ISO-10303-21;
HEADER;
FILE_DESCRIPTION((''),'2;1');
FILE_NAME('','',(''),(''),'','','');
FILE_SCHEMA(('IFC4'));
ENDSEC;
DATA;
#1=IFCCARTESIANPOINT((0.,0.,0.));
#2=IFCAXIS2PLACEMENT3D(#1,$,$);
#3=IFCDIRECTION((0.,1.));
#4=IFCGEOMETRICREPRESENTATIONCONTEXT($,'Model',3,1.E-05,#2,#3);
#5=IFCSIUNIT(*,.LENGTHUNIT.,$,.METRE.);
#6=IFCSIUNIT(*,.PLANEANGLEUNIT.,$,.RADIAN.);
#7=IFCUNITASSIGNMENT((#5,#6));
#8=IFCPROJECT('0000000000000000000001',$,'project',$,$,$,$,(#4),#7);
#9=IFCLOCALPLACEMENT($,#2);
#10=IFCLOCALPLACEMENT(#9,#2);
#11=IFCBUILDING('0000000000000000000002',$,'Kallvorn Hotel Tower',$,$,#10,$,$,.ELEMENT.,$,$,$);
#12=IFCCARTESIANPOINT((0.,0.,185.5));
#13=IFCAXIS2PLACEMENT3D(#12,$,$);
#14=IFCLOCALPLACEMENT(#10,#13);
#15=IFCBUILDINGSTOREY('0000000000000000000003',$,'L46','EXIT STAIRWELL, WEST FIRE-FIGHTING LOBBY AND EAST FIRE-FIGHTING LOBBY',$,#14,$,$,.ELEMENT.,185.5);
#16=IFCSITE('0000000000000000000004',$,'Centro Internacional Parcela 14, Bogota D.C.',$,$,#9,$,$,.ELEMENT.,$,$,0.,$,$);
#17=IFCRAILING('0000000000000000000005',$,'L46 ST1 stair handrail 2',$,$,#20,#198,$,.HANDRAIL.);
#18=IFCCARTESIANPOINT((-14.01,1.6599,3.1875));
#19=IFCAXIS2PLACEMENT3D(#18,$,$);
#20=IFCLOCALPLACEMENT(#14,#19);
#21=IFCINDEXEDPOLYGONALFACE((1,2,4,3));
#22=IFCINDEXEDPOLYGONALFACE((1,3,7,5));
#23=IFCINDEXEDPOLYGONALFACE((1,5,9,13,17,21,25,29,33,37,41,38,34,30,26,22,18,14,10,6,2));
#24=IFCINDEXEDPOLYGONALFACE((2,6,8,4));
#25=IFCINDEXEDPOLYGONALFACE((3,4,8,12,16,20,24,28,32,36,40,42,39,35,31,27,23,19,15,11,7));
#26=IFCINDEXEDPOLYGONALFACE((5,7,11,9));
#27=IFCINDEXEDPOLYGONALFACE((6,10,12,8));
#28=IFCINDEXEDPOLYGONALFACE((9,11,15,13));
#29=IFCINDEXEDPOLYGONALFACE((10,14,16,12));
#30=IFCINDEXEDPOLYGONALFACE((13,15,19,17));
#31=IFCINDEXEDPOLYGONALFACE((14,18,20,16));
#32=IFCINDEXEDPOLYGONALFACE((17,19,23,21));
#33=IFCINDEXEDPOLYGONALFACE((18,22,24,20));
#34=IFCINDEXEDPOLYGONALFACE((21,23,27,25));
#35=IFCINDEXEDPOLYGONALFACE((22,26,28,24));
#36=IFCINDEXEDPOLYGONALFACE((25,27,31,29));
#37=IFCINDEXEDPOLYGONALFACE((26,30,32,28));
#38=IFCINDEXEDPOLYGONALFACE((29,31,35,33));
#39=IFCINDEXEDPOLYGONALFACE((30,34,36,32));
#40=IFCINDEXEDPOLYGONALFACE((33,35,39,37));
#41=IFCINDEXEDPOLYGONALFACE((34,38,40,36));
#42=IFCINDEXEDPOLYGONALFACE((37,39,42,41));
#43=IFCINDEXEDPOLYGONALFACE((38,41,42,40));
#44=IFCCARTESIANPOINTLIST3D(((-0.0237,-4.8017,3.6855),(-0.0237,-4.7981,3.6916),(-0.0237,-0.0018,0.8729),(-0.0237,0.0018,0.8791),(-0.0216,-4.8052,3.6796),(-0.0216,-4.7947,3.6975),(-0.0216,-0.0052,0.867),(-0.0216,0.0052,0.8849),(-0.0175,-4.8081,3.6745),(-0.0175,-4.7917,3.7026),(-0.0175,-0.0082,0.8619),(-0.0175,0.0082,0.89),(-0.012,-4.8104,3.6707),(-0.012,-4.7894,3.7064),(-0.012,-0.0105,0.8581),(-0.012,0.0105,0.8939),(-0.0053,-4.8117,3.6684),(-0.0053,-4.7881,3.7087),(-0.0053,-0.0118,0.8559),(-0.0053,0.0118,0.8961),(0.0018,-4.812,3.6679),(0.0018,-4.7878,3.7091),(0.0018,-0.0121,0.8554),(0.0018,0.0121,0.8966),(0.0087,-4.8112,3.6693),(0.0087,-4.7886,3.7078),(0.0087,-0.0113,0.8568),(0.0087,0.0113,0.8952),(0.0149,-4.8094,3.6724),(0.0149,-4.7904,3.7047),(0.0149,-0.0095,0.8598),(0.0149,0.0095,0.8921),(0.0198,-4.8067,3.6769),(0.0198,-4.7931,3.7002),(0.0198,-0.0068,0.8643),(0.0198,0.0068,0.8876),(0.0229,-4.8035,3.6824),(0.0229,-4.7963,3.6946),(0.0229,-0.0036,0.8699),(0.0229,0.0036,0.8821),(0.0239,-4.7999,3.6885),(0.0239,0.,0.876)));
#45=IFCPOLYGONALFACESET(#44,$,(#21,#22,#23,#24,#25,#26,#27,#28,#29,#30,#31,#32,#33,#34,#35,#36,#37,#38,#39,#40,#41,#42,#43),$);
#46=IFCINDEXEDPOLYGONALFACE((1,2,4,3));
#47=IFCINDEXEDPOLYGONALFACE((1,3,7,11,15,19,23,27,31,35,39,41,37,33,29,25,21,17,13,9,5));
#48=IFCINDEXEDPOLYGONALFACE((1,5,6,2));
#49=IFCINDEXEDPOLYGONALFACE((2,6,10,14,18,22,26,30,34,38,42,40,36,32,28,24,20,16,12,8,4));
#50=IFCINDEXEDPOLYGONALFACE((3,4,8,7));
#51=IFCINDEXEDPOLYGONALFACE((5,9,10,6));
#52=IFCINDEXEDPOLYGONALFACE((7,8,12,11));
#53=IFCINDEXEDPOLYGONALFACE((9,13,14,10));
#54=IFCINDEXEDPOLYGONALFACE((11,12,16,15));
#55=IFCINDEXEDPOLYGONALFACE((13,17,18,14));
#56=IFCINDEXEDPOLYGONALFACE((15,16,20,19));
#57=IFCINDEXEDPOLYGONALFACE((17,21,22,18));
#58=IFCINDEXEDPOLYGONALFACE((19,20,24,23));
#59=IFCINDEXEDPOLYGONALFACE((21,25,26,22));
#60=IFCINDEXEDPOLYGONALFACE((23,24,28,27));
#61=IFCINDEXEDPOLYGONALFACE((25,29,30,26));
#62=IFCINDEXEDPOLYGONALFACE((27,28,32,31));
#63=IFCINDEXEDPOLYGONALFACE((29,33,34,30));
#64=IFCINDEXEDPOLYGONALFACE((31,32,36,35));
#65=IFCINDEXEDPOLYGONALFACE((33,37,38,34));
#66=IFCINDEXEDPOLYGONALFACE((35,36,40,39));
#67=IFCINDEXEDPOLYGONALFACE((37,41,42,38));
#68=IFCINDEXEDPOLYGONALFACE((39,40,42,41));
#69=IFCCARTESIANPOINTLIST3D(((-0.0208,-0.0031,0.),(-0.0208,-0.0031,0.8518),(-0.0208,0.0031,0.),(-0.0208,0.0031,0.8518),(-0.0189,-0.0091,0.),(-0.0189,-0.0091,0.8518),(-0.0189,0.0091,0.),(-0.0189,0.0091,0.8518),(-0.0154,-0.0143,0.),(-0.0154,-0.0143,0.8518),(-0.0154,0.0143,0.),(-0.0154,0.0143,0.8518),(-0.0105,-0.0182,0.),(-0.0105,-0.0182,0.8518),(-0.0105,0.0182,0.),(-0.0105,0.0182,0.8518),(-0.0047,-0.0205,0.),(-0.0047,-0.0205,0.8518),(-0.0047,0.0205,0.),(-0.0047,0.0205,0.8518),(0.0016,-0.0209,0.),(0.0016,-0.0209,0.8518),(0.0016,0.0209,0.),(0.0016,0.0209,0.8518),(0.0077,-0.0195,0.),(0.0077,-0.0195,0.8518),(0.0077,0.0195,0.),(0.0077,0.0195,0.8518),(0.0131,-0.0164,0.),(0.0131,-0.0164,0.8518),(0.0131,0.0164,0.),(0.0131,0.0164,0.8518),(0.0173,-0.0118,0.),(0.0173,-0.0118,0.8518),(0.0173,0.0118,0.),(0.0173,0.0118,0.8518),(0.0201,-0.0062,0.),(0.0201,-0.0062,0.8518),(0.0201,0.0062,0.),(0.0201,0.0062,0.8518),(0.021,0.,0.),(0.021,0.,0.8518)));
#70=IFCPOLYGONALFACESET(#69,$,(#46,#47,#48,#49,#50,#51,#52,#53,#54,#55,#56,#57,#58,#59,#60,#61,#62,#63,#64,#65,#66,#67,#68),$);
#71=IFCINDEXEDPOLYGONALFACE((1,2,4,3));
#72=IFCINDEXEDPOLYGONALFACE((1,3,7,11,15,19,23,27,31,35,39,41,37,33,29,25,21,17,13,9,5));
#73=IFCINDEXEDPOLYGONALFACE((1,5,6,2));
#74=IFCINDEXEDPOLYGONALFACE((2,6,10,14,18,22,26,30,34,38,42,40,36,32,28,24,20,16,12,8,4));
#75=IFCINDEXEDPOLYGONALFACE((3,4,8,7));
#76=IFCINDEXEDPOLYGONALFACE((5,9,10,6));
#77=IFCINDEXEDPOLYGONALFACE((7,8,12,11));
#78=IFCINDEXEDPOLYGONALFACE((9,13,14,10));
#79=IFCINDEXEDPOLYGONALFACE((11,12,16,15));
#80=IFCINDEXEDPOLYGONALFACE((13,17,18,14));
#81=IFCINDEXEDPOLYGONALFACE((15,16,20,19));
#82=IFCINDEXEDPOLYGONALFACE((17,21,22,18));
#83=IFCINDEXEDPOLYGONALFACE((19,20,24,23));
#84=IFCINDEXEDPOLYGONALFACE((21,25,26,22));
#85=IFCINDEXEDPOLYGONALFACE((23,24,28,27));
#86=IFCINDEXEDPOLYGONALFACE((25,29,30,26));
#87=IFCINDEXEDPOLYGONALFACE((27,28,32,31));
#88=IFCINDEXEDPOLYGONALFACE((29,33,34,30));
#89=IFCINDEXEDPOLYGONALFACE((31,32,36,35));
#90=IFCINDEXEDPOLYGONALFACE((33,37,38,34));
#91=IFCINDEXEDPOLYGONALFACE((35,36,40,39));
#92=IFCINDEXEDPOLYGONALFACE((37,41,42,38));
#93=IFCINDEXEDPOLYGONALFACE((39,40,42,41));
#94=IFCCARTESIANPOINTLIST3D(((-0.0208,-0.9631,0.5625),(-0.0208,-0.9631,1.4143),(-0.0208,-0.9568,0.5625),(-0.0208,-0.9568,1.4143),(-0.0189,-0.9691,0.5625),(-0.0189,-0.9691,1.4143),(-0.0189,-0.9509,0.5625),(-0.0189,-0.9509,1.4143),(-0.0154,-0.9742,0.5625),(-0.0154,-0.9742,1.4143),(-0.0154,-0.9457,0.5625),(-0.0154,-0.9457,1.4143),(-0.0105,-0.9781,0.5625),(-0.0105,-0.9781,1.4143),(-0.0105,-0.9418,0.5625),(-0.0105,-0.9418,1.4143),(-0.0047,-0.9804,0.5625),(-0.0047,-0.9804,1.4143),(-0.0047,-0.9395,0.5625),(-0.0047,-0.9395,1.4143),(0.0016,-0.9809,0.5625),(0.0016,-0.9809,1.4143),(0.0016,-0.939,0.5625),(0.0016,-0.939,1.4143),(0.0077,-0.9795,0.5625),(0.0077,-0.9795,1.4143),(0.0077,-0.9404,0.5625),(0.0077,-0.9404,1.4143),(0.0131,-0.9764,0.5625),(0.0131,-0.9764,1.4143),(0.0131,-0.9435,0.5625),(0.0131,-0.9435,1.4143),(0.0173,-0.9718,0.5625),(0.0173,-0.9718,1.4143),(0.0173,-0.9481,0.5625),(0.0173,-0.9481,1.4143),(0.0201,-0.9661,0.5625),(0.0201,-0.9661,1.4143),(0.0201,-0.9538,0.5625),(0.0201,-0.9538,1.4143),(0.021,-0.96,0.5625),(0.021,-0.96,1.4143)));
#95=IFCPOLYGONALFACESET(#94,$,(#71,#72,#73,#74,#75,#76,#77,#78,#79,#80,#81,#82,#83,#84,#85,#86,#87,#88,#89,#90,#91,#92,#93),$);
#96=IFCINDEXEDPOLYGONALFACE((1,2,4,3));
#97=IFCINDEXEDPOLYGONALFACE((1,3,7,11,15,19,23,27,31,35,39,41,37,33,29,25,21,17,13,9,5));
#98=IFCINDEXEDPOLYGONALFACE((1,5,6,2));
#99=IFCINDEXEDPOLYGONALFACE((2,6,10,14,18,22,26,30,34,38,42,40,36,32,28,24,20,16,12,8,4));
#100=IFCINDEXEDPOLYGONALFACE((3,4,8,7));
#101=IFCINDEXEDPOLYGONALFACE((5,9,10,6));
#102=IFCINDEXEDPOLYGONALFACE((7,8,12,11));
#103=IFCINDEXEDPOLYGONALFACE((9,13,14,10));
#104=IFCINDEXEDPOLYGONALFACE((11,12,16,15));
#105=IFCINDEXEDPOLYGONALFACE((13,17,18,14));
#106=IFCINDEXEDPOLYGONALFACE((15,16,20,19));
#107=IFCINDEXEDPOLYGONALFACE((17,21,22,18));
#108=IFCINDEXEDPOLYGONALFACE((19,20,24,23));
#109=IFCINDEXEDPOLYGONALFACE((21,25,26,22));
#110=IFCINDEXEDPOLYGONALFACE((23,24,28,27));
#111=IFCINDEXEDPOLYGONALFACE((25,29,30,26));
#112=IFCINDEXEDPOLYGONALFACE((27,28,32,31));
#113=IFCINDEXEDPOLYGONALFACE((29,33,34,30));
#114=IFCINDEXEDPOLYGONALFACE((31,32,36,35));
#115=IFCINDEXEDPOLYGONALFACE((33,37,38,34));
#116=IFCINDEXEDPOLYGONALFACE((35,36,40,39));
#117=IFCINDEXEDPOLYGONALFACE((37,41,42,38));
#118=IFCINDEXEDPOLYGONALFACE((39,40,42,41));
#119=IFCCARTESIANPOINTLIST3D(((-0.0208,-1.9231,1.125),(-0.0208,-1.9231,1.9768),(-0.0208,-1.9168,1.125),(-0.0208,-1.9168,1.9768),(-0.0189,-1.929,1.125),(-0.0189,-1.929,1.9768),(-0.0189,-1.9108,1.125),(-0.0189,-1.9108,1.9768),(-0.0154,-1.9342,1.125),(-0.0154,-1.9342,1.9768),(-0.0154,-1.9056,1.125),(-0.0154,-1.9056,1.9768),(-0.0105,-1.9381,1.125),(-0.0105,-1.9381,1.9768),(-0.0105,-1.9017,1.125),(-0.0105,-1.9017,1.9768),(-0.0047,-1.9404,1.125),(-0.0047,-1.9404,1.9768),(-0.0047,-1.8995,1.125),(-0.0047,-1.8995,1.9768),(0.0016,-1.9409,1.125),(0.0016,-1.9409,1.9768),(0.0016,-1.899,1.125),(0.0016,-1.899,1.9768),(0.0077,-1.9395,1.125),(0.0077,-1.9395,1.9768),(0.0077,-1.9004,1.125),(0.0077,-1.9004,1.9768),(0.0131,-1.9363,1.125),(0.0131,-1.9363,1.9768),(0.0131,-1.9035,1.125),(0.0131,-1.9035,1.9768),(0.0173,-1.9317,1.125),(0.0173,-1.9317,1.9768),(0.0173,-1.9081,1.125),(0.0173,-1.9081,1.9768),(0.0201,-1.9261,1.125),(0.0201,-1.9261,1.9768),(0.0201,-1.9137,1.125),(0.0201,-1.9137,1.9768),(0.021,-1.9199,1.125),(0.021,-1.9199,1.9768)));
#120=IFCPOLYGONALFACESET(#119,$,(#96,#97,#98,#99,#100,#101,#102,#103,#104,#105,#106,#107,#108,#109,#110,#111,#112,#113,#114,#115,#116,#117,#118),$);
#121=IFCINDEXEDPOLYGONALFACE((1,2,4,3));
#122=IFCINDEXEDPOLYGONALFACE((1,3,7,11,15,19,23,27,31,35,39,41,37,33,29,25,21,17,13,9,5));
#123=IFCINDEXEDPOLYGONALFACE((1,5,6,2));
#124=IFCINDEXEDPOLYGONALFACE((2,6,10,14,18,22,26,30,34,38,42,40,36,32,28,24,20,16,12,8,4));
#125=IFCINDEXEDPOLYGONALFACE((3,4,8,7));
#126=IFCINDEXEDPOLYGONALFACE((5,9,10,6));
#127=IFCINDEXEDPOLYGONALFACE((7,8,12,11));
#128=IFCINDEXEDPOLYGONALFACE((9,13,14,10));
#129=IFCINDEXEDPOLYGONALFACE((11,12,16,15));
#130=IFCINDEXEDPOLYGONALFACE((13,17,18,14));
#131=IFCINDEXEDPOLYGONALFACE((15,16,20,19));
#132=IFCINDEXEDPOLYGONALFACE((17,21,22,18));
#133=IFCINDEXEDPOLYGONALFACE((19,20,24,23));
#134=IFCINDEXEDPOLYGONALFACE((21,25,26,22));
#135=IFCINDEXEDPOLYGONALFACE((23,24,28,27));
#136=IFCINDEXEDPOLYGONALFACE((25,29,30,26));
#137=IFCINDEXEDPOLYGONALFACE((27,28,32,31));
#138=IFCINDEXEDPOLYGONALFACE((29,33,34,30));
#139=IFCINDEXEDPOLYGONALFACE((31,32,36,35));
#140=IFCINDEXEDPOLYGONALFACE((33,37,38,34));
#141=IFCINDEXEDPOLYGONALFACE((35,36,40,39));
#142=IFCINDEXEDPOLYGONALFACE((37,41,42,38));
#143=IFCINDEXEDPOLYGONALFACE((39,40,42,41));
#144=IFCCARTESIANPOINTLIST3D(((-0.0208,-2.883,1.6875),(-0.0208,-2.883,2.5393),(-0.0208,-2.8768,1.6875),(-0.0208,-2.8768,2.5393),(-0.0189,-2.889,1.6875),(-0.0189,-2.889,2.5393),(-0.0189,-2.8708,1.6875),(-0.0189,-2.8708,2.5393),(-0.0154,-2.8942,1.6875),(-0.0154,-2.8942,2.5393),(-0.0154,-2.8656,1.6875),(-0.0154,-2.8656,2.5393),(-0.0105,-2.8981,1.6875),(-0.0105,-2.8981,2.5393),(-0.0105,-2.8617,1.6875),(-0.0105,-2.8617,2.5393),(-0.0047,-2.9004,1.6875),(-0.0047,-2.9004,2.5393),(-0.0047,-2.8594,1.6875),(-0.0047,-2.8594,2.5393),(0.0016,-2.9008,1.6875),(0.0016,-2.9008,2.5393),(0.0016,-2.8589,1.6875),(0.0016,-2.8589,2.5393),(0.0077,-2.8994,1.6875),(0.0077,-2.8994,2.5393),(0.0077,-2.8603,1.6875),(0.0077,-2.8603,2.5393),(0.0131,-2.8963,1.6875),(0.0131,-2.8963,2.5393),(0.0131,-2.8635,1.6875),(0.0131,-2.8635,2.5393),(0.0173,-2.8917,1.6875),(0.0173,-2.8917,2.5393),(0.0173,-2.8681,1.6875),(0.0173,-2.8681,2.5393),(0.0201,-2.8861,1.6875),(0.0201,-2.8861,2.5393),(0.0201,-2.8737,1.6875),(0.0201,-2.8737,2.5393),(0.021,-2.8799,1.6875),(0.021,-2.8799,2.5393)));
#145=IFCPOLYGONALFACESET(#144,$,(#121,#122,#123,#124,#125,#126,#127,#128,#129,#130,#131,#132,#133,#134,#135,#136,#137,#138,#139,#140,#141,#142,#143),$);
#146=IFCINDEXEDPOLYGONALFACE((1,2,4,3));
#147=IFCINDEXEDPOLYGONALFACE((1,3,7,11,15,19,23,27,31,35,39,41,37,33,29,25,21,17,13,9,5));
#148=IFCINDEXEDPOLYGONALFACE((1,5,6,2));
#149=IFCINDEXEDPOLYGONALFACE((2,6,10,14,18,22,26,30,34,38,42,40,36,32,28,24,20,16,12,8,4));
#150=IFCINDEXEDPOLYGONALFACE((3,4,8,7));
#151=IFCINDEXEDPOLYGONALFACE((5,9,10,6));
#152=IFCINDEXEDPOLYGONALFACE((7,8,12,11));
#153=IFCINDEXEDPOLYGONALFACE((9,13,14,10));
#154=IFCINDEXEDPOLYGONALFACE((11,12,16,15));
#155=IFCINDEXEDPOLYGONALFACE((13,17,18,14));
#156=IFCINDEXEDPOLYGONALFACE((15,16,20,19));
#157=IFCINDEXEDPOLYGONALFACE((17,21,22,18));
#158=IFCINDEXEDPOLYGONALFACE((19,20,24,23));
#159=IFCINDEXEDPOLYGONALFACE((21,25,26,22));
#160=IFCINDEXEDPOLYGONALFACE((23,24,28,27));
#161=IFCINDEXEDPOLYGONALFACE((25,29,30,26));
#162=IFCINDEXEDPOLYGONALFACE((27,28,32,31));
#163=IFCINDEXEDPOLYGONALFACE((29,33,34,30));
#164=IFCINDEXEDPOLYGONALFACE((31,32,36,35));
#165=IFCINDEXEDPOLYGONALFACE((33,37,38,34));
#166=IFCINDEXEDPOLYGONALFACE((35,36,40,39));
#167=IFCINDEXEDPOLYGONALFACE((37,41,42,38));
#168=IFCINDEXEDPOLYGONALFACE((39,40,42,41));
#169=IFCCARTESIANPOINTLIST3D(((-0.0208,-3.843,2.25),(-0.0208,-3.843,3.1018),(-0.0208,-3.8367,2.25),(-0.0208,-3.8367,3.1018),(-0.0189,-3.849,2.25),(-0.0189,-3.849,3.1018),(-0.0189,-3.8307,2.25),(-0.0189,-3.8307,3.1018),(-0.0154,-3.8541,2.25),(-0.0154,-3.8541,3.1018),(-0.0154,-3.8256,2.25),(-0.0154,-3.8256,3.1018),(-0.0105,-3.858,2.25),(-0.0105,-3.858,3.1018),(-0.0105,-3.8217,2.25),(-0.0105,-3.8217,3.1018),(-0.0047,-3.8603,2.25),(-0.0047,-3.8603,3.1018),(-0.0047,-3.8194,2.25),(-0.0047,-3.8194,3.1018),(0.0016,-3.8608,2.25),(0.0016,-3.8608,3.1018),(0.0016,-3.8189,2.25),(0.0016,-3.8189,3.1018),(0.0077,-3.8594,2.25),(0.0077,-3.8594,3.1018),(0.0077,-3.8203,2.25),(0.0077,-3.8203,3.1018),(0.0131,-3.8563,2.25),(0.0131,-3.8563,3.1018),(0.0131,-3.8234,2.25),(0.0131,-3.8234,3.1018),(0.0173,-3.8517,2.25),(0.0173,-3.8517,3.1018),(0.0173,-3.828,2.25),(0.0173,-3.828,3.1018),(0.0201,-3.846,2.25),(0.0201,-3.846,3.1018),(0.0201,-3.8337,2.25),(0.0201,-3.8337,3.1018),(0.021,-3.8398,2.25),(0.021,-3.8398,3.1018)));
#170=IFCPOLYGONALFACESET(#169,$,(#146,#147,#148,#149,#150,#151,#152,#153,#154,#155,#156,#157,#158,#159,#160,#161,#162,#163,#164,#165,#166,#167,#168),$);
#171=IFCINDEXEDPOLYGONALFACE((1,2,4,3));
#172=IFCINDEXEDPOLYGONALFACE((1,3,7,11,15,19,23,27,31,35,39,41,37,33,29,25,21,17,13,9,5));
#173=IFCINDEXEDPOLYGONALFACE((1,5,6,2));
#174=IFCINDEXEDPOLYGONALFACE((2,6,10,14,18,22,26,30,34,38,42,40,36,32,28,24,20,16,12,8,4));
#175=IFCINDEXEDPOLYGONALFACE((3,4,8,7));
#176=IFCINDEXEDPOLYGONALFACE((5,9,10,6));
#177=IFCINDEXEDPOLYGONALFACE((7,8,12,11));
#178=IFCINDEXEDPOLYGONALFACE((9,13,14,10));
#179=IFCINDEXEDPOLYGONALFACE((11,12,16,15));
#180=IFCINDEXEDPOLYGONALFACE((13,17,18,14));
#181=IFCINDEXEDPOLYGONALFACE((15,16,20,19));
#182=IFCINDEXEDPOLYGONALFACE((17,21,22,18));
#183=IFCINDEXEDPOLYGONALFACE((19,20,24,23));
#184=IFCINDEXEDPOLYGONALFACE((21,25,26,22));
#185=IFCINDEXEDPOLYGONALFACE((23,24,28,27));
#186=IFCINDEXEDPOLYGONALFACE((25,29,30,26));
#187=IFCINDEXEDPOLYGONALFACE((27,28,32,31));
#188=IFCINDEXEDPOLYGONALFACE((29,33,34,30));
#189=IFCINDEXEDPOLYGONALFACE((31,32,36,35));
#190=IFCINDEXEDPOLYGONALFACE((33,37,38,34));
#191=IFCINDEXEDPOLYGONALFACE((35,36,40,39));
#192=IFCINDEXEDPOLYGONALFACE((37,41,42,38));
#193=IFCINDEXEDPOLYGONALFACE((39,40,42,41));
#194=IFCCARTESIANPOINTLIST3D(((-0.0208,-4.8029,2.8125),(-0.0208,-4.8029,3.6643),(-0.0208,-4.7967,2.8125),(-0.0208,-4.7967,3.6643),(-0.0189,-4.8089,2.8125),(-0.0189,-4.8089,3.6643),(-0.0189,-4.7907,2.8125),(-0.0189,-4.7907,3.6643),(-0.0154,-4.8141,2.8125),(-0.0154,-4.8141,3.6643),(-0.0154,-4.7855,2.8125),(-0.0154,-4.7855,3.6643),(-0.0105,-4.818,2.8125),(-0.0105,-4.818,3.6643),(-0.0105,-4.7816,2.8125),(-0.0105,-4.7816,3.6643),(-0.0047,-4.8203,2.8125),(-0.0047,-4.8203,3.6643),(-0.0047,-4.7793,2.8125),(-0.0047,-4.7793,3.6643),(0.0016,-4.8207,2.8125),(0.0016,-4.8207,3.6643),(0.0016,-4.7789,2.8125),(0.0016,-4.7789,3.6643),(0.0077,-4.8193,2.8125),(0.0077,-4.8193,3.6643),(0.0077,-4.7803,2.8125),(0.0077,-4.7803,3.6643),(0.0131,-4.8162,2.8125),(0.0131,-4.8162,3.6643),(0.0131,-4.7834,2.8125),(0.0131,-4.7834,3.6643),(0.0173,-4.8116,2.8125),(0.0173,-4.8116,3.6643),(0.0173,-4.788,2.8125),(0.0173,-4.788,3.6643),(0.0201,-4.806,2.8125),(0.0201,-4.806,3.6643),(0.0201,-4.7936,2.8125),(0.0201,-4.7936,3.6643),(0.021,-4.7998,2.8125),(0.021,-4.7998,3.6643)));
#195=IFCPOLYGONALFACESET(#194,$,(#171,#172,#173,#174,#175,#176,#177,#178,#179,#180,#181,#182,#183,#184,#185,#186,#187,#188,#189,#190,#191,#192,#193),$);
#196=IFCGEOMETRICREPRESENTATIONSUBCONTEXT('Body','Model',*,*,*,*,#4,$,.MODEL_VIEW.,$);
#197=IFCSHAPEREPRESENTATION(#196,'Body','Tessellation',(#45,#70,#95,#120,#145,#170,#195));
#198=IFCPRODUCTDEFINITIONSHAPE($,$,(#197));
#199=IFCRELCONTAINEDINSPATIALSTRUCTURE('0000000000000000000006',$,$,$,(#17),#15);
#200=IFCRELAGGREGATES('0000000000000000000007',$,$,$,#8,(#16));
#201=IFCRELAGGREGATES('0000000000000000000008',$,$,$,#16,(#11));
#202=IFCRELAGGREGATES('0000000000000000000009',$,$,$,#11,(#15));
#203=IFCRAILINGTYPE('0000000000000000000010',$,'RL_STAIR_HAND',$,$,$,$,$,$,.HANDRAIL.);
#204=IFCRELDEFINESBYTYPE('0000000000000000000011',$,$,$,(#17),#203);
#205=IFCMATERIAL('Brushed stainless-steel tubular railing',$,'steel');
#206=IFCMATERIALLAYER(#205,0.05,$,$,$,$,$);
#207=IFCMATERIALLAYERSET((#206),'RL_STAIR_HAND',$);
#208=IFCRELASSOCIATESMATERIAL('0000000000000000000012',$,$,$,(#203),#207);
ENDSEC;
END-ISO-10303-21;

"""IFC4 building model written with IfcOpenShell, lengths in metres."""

from ifc_helpers import new_model, si_unit, direction, frame, origin, origin_2d, place, context, subcontext, project, spatial, circle, extrude, material, layer, layer_set, type_object, element, save


model = new_model("IFC4")

# Units and contexts
model_context = context("Model", 3, precision=1e-05, world=origin(), true_north=direction((0.0, 1.0)))
body_context = subcontext(model_context, "Body", "Model", "MODEL_VIEW")
ifc_project = project(units=[si_unit("LENGTHUNIT", "METRE"), si_unit("PLANEANGLEUNIT", "RADIAN")], contexts=[model_context])

# Site, building, storey
site_placement = place(None, origin())
site = spatial("IfcSite", under=ifc_project, at=site_placement, Name="Centro Internacional Parcela 14, Bogota D.C.", CompositionType="ELEMENT", RefElevation=0.0)
building_placement = place(site_placement, origin())
building = spatial("IfcBuilding", under=site, at=building_placement, Name="Kallvorn Hotel Tower", CompositionType="ELEMENT")
storey_placement = place(building_placement, frame((0.0, 0.0, 185.5)))
storey = spatial("IfcBuildingStorey", under=building, at=storey_placement, Name="L46", Description="EXIT STAIRWELL, WEST FIRE-FIGHTING LOBBY AND EAST FIRE-FIGHTING LOBBY", CompositionType="ELEMENT", Elevation=185.5)

# Railing
ifc_material_1 = material(Name="Brushed stainless-steel tubular railing", Category="steel")
ifc_layer_1 = layer(ifc_material_1, 0.05)
ifc_layer_set_1 = layer_set([ifc_layer_1], Name="RL_STAIR_HAND")
railing_type_1 = type_object("IfcRailingType", Name="RL_STAIR_HAND", PredefinedType="HANDRAIL", material=ifc_layer_set_1)
railing_1_placement = place(storey_placement, frame((-14.01, 1.6599, 3.1875)))
element("IfcRailing", 1, at=railing_1_placement, inside=storey, type_object=railing_type_1, Name="L46 ST1 stair handrail 2", PredefinedType="HANDRAIL", context=body_context, shape_type="SweptSolid", body=[
    extrude(circle(Radius=0.0239, at=origin_2d()), frame((0.0, 0.0, 0.876), z_axis=(0.0, -0.86279, 0.505562), x_axis=(1.0, 0.0, 0.0)), (0.0, 0.0, 1.0), 5.5632),
    extrude(circle(Radius=0.021, at=origin_2d()), origin(), (0.0, 0.0, 1.0), 0.8518),
    extrude(circle(Radius=0.021, at=origin_2d()), frame((0.0, -0.96, 0.5625)), (0.0, 0.0, 1.0), 0.8518),
    extrude(circle(Radius=0.021, at=origin_2d()), frame((0.0, -1.9199, 1.125)), (0.0, 0.0, 1.0), 0.8518),
    extrude(circle(Radius=0.021, at=origin_2d()), frame((0.0, -2.8799, 1.6875)), (0.0, 0.0, 1.0), 0.8518),
    extrude(circle(Radius=0.021, at=origin_2d()), frame((0.0, -3.8398, 2.25)), (0.0, 0.0, 1.0), 0.8518),
    extrude(circle(Radius=0.021, at=origin_2d()), frame((0.0, -4.7998, 2.8125)), (0.0, 0.0, 1.0), 0.8518),
])

save(model, "model.ifc")
